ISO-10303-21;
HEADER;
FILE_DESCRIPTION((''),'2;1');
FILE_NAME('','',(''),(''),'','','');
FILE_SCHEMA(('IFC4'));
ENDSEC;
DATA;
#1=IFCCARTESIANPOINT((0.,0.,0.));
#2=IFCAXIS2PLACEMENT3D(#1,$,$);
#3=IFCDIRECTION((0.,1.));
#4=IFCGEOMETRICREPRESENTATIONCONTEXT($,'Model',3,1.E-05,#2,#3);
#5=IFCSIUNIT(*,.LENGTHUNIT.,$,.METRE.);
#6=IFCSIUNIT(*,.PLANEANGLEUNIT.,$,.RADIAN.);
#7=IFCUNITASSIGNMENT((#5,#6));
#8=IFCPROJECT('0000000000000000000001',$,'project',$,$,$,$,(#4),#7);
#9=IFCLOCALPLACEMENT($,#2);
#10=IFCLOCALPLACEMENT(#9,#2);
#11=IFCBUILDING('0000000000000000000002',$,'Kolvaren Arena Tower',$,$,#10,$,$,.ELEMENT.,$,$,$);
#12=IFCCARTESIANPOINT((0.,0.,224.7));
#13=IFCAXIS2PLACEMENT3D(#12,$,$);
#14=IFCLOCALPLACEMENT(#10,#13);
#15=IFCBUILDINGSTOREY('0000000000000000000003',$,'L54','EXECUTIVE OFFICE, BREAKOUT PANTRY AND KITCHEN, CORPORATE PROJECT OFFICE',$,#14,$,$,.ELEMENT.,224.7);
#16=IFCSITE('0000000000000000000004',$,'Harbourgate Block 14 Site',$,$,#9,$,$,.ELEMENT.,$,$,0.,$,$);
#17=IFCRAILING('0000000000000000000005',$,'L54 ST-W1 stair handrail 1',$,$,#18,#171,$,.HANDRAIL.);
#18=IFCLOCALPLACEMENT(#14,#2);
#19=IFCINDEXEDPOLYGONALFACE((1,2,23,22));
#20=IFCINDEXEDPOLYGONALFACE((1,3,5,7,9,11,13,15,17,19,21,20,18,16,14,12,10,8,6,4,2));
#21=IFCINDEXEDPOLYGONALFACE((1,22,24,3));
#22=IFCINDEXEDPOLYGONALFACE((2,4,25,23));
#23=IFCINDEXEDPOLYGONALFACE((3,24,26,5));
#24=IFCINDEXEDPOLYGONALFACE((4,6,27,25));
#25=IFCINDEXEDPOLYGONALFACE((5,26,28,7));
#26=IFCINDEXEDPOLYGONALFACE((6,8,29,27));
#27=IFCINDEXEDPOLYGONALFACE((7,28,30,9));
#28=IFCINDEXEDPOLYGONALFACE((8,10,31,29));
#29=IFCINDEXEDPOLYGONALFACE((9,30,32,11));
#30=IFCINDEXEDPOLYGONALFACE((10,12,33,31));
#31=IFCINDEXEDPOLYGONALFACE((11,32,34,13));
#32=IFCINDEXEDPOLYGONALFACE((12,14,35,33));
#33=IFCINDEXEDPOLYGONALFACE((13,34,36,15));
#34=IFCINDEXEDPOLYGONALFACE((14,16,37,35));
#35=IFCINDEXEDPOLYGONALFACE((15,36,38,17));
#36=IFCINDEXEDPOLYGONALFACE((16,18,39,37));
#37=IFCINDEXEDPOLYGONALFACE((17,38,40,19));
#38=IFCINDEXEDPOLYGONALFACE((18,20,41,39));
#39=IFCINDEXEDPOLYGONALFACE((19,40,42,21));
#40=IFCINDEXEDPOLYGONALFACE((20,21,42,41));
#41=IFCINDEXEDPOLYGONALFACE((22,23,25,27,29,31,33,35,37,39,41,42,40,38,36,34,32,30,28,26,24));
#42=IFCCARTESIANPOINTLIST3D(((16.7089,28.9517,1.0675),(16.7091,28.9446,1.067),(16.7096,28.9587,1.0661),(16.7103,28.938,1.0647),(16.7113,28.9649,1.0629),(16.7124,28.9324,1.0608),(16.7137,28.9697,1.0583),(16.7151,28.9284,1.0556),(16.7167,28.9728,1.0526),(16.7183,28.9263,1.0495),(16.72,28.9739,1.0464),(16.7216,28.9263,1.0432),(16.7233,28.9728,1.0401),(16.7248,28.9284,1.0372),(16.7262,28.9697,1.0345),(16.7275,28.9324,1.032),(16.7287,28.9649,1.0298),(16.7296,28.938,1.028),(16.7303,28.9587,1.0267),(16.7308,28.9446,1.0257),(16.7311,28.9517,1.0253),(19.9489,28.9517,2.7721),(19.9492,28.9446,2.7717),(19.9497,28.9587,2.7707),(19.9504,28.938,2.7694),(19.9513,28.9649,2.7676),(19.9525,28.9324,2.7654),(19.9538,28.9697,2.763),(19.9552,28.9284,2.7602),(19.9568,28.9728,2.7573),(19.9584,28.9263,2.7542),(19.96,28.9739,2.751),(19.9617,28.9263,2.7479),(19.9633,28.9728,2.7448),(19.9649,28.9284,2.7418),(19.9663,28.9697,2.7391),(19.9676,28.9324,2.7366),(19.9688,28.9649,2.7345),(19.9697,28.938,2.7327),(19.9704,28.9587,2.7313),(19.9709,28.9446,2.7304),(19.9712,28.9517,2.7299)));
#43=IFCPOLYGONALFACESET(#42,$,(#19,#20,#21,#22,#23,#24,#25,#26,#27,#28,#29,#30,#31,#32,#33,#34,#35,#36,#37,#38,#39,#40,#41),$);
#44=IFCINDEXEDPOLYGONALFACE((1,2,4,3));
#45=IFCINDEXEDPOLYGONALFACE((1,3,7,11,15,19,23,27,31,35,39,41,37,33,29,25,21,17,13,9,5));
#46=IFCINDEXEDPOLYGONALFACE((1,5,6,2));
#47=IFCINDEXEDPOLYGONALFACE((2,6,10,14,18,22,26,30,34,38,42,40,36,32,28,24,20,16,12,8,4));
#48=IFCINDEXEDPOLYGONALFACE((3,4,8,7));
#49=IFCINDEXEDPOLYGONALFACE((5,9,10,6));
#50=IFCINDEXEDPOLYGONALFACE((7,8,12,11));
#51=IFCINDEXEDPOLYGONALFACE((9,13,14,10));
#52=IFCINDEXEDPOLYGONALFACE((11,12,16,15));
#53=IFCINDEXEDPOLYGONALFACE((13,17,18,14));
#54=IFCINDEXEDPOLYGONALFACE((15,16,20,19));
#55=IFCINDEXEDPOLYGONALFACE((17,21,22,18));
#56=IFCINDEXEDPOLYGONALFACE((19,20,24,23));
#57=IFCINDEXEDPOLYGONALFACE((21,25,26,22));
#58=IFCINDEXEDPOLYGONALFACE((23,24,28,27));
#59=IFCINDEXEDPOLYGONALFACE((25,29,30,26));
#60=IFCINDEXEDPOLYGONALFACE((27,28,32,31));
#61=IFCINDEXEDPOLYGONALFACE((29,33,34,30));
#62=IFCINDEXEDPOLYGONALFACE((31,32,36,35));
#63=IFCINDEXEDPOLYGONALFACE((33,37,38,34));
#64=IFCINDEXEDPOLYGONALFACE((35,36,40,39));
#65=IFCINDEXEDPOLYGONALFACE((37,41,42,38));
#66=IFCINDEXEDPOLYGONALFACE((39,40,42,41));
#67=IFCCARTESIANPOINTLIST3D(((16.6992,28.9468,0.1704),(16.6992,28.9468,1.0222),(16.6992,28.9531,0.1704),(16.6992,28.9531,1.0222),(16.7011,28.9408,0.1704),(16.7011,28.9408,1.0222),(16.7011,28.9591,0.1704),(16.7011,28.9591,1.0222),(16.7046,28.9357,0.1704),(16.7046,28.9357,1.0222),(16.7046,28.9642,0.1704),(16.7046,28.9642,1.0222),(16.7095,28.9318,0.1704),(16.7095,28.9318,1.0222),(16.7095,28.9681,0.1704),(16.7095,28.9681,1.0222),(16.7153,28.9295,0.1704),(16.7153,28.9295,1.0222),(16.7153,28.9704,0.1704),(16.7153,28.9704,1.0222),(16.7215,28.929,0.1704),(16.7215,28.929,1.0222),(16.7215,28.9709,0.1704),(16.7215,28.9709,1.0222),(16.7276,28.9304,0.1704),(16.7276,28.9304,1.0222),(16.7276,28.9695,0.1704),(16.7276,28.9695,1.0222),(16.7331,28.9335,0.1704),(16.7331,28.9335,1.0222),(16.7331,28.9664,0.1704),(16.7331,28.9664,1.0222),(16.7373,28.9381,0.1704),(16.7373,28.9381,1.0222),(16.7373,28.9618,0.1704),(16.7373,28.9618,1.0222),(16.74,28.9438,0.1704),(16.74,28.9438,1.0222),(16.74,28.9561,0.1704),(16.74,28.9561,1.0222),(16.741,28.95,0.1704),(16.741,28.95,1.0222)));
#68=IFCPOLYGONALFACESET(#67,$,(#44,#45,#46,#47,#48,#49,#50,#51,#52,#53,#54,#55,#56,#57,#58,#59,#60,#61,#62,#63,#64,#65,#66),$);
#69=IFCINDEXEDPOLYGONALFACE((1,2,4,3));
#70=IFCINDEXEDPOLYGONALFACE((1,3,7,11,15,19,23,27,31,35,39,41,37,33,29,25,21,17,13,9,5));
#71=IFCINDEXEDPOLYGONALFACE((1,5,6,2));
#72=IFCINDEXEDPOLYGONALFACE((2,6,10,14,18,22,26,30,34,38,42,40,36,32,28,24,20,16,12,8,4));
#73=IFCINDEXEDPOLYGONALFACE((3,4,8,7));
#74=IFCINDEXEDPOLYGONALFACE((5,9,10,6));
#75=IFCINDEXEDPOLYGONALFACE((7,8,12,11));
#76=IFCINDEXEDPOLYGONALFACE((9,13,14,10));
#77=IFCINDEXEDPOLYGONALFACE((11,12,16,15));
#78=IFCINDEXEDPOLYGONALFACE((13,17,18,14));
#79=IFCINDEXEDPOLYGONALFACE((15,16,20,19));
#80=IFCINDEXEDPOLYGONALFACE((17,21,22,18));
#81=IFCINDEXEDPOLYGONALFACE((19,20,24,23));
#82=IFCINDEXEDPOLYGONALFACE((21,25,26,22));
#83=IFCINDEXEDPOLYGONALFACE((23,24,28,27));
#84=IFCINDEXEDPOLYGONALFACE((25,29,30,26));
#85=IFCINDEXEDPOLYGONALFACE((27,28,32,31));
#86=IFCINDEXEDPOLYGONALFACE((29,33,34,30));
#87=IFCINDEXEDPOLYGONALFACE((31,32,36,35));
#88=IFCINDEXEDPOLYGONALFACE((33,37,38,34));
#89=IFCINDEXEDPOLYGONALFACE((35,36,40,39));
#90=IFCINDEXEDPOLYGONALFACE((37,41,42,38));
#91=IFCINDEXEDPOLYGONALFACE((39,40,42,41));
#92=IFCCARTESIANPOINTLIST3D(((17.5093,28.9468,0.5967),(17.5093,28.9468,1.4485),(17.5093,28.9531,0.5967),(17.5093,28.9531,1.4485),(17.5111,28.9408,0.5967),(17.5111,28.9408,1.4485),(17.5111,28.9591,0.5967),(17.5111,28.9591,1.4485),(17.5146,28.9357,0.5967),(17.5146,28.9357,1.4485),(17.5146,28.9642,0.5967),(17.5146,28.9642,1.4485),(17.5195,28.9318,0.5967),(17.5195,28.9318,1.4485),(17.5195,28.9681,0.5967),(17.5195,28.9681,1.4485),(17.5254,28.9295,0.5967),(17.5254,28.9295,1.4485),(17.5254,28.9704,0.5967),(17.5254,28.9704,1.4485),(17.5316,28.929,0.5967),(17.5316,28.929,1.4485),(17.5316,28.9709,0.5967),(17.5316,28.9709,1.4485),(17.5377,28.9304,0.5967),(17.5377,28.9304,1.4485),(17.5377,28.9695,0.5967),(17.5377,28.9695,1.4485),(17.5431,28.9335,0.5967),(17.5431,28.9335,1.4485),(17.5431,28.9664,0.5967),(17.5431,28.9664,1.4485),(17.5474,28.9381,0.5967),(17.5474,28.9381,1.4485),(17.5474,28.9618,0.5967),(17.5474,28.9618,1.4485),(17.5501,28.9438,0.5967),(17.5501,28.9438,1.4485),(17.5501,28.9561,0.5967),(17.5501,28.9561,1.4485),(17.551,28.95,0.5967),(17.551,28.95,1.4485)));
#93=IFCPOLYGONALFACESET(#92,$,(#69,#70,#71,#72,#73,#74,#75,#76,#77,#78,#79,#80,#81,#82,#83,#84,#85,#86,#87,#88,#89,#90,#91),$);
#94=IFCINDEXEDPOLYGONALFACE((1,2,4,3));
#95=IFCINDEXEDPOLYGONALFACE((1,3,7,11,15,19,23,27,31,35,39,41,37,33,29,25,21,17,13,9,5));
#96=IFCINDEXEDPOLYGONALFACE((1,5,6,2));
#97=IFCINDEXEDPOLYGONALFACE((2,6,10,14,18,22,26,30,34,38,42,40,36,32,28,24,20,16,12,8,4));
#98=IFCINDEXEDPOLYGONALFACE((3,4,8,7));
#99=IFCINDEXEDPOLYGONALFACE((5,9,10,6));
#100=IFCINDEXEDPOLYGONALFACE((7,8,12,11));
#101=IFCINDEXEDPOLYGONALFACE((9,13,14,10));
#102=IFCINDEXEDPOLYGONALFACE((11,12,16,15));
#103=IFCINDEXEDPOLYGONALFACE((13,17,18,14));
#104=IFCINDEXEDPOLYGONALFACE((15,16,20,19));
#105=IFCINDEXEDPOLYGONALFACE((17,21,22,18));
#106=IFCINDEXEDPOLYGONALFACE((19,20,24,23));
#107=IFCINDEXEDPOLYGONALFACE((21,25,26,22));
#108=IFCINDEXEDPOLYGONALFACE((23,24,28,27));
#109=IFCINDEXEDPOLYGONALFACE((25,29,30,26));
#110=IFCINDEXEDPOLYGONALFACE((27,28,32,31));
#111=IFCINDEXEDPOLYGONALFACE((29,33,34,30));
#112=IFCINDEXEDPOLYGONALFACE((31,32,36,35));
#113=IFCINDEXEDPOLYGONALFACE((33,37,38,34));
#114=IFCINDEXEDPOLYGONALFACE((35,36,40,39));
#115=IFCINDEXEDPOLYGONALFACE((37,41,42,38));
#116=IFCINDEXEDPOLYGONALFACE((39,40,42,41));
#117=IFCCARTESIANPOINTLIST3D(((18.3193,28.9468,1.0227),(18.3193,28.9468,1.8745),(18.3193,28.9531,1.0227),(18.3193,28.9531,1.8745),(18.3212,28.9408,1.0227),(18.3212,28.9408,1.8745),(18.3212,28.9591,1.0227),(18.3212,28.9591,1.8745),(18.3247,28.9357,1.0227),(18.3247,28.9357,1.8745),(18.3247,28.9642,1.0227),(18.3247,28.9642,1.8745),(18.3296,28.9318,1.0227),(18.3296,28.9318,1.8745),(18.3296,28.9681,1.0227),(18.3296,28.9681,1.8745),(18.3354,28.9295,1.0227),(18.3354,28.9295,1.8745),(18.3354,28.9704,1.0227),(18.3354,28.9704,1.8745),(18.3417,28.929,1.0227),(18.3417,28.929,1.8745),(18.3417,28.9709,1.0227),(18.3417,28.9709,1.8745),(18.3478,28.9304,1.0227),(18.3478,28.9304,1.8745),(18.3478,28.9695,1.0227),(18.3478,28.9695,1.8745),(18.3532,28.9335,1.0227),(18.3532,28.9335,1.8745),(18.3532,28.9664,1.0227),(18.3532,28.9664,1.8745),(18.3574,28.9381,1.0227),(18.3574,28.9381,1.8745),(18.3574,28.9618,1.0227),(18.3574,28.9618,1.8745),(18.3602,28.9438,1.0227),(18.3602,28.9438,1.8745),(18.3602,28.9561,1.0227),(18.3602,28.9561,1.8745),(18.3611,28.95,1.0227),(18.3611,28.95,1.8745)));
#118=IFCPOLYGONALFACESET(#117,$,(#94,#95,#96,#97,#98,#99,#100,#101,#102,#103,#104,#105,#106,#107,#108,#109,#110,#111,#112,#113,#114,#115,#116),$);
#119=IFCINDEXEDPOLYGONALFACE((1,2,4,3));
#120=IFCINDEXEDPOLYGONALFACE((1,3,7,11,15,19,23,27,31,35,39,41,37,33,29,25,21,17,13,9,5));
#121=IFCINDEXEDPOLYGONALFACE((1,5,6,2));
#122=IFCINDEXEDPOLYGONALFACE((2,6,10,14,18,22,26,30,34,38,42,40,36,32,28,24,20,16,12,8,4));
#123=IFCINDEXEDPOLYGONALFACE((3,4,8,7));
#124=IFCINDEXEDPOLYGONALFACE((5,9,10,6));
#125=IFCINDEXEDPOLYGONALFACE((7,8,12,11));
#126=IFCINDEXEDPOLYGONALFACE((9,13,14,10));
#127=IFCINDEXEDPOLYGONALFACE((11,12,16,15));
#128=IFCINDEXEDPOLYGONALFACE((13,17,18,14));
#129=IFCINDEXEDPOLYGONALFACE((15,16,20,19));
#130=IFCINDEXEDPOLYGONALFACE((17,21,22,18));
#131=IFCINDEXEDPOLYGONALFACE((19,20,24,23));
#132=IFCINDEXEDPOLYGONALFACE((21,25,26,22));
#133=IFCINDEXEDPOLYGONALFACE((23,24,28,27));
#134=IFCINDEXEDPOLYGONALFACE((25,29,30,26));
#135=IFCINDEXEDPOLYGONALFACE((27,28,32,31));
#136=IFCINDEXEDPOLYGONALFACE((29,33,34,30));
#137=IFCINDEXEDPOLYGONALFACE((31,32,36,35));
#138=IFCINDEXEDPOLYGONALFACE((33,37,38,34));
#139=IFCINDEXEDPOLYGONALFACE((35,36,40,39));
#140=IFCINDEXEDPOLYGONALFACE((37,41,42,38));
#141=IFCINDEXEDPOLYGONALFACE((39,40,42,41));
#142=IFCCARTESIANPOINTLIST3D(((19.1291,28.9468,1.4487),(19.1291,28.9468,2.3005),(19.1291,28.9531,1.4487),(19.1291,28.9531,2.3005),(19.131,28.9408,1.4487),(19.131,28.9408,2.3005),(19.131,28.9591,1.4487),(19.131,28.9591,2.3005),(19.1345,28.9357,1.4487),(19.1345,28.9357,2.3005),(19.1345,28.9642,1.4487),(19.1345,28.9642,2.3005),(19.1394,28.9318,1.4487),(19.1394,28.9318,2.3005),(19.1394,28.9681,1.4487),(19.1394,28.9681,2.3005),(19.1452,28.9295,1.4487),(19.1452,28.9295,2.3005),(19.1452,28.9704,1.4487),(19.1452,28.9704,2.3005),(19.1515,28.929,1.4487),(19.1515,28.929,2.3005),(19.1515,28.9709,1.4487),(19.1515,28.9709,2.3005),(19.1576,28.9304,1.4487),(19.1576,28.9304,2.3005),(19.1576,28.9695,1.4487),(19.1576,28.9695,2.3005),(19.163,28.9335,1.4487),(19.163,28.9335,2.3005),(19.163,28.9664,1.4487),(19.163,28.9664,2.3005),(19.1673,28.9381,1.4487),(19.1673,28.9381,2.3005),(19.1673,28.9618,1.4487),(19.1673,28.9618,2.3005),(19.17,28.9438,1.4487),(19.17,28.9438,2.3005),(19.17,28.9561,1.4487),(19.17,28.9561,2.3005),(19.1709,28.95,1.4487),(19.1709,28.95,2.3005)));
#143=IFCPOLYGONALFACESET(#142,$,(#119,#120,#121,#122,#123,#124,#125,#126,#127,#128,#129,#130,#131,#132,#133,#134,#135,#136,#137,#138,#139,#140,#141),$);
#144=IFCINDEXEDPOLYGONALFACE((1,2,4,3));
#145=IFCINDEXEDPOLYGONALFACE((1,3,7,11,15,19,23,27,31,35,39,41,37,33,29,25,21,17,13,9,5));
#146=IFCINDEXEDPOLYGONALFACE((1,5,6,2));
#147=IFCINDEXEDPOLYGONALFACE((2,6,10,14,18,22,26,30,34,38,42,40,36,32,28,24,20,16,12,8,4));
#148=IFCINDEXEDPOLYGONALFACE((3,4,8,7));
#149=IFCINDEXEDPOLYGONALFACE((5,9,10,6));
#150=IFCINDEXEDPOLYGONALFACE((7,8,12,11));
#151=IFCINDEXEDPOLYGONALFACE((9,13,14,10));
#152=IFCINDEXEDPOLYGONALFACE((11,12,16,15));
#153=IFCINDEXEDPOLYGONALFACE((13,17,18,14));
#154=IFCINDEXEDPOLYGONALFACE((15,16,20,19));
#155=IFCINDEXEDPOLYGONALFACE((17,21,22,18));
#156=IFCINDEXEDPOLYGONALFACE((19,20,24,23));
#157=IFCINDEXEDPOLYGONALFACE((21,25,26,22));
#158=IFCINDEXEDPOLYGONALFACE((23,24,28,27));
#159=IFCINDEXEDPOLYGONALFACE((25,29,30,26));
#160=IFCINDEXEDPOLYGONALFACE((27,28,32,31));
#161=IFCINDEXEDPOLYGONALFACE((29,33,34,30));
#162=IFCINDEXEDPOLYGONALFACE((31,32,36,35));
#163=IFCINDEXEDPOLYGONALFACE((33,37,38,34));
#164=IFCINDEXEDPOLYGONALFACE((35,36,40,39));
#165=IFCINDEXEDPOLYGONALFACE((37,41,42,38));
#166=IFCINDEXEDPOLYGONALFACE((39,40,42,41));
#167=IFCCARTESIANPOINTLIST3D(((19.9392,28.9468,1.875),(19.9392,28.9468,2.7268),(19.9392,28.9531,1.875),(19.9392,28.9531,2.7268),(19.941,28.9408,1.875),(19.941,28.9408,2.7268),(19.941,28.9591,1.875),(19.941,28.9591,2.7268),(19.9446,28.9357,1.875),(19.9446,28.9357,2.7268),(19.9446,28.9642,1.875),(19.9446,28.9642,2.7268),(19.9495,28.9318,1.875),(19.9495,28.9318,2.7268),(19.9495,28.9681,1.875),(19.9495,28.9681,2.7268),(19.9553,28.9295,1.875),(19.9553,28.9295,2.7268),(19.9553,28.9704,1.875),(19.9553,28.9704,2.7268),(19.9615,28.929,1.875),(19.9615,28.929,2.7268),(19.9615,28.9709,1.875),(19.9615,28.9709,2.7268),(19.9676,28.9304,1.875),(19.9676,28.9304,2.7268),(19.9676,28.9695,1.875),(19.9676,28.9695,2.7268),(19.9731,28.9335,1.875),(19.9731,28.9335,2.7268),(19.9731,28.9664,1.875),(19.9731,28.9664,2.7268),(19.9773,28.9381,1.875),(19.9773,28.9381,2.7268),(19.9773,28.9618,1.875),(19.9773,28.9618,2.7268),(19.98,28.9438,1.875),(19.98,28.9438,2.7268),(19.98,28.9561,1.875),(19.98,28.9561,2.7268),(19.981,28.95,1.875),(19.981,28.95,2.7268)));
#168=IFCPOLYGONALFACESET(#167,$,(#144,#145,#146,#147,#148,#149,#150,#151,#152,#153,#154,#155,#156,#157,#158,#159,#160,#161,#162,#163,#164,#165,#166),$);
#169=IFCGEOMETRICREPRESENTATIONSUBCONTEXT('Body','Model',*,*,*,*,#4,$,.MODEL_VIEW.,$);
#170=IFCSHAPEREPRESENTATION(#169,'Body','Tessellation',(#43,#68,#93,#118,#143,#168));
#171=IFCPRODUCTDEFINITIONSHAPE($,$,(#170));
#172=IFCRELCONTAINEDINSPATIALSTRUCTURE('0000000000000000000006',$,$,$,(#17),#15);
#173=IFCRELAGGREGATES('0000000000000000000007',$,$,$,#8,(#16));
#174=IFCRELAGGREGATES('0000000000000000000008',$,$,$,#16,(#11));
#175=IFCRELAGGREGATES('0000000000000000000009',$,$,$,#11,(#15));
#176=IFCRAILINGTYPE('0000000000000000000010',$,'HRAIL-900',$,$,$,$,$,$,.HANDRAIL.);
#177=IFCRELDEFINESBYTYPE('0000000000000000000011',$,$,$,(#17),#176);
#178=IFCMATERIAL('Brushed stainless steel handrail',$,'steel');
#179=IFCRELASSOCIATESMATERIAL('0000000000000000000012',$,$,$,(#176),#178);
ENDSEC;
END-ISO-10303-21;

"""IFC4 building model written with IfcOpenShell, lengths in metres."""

from ifc_helpers import new_model, si_unit, direction, frame, origin, origin_2d, place, context, subcontext, project, spatial, circle, extrude, material, type_object, element, save


model = new_model("IFC4")

# Units and contexts
model_context = context("Model", 3, precision=1e-05, world=origin(), true_north=direction((0.0, 1.0)))
body_context = subcontext(model_context, "Body", "Model", "MODEL_VIEW")
ifc_project = project(units=[si_unit("LENGTHUNIT", "METRE"), si_unit("PLANEANGLEUNIT", "RADIAN")], contexts=[model_context])

# Site, building, storey
site_placement = place(None, origin())
site = spatial("IfcSite", under=ifc_project, at=site_placement, Name="Harbourgate Block 14 Site", CompositionType="ELEMENT", RefElevation=0.0)
building_placement = place(site_placement, origin())
building = spatial("IfcBuilding", under=site, at=building_placement, Name="Kolvaren Arena Tower", CompositionType="ELEMENT")
storey_placement = place(building_placement, frame((0.0, 0.0, 224.7)))
storey = spatial("IfcBuildingStorey", under=building, at=storey_placement, Name="L54", Description="EXECUTIVE OFFICE, BREAKOUT PANTRY AND KITCHEN, CORPORATE PROJECT OFFICE", CompositionType="ELEMENT", Elevation=224.7)

# Railing
ifc_material_1 = material(Name="Brushed stainless steel handrail", Category="steel")
railing_type_1 = type_object("IfcRailingType", Name="HRAIL-900", PredefinedType="HANDRAIL", material=ifc_material_1)
railing_1_placement = place(storey_placement, frame((16.72, 28.95, 0.1704)))
element("IfcRailing", 1, at=railing_1_placement, inside=storey, type_object=railing_type_1, Name="L54 ST-W1 stair handrail 1", PredefinedType="HANDRAIL", context=body_context, shape_type="SweptSolid", body=[
    extrude(circle(Radius=0.0239, at=origin_2d()), frame((0.0, 0.0, 0.876), z_axis=(0.884993, 0.0, 0.465604), x_axis=(0.0, 1.0, 0.0)), (0.0, 0.0, 1.0), 3.6611),
    extrude(circle(Radius=0.021, at=origin_2d()), origin(), (0.0, 0.0, 1.0), 0.8518),
    extrude(circle(Radius=0.021, at=origin_2d()), frame((0.8101, 0.0, 0.4263)), (0.0, 0.0, 1.0), 0.8518),
    extrude(circle(Radius=0.021, at=origin_2d()), frame((1.6201, 0.0, 0.8523)), (0.0, 0.0, 1.0), 0.8518),
    extrude(circle(Radius=0.021, at=origin_2d()), frame((2.4299, 0.0, 1.2783)), (0.0, 0.0, 1.0), 0.8518),
    extrude(circle(Radius=0.021, at=origin_2d()), frame((3.24, 0.0, 1.7046)), (0.0, 0.0, 1.0), 0.8518),
])

save(model, "model.ifc")
